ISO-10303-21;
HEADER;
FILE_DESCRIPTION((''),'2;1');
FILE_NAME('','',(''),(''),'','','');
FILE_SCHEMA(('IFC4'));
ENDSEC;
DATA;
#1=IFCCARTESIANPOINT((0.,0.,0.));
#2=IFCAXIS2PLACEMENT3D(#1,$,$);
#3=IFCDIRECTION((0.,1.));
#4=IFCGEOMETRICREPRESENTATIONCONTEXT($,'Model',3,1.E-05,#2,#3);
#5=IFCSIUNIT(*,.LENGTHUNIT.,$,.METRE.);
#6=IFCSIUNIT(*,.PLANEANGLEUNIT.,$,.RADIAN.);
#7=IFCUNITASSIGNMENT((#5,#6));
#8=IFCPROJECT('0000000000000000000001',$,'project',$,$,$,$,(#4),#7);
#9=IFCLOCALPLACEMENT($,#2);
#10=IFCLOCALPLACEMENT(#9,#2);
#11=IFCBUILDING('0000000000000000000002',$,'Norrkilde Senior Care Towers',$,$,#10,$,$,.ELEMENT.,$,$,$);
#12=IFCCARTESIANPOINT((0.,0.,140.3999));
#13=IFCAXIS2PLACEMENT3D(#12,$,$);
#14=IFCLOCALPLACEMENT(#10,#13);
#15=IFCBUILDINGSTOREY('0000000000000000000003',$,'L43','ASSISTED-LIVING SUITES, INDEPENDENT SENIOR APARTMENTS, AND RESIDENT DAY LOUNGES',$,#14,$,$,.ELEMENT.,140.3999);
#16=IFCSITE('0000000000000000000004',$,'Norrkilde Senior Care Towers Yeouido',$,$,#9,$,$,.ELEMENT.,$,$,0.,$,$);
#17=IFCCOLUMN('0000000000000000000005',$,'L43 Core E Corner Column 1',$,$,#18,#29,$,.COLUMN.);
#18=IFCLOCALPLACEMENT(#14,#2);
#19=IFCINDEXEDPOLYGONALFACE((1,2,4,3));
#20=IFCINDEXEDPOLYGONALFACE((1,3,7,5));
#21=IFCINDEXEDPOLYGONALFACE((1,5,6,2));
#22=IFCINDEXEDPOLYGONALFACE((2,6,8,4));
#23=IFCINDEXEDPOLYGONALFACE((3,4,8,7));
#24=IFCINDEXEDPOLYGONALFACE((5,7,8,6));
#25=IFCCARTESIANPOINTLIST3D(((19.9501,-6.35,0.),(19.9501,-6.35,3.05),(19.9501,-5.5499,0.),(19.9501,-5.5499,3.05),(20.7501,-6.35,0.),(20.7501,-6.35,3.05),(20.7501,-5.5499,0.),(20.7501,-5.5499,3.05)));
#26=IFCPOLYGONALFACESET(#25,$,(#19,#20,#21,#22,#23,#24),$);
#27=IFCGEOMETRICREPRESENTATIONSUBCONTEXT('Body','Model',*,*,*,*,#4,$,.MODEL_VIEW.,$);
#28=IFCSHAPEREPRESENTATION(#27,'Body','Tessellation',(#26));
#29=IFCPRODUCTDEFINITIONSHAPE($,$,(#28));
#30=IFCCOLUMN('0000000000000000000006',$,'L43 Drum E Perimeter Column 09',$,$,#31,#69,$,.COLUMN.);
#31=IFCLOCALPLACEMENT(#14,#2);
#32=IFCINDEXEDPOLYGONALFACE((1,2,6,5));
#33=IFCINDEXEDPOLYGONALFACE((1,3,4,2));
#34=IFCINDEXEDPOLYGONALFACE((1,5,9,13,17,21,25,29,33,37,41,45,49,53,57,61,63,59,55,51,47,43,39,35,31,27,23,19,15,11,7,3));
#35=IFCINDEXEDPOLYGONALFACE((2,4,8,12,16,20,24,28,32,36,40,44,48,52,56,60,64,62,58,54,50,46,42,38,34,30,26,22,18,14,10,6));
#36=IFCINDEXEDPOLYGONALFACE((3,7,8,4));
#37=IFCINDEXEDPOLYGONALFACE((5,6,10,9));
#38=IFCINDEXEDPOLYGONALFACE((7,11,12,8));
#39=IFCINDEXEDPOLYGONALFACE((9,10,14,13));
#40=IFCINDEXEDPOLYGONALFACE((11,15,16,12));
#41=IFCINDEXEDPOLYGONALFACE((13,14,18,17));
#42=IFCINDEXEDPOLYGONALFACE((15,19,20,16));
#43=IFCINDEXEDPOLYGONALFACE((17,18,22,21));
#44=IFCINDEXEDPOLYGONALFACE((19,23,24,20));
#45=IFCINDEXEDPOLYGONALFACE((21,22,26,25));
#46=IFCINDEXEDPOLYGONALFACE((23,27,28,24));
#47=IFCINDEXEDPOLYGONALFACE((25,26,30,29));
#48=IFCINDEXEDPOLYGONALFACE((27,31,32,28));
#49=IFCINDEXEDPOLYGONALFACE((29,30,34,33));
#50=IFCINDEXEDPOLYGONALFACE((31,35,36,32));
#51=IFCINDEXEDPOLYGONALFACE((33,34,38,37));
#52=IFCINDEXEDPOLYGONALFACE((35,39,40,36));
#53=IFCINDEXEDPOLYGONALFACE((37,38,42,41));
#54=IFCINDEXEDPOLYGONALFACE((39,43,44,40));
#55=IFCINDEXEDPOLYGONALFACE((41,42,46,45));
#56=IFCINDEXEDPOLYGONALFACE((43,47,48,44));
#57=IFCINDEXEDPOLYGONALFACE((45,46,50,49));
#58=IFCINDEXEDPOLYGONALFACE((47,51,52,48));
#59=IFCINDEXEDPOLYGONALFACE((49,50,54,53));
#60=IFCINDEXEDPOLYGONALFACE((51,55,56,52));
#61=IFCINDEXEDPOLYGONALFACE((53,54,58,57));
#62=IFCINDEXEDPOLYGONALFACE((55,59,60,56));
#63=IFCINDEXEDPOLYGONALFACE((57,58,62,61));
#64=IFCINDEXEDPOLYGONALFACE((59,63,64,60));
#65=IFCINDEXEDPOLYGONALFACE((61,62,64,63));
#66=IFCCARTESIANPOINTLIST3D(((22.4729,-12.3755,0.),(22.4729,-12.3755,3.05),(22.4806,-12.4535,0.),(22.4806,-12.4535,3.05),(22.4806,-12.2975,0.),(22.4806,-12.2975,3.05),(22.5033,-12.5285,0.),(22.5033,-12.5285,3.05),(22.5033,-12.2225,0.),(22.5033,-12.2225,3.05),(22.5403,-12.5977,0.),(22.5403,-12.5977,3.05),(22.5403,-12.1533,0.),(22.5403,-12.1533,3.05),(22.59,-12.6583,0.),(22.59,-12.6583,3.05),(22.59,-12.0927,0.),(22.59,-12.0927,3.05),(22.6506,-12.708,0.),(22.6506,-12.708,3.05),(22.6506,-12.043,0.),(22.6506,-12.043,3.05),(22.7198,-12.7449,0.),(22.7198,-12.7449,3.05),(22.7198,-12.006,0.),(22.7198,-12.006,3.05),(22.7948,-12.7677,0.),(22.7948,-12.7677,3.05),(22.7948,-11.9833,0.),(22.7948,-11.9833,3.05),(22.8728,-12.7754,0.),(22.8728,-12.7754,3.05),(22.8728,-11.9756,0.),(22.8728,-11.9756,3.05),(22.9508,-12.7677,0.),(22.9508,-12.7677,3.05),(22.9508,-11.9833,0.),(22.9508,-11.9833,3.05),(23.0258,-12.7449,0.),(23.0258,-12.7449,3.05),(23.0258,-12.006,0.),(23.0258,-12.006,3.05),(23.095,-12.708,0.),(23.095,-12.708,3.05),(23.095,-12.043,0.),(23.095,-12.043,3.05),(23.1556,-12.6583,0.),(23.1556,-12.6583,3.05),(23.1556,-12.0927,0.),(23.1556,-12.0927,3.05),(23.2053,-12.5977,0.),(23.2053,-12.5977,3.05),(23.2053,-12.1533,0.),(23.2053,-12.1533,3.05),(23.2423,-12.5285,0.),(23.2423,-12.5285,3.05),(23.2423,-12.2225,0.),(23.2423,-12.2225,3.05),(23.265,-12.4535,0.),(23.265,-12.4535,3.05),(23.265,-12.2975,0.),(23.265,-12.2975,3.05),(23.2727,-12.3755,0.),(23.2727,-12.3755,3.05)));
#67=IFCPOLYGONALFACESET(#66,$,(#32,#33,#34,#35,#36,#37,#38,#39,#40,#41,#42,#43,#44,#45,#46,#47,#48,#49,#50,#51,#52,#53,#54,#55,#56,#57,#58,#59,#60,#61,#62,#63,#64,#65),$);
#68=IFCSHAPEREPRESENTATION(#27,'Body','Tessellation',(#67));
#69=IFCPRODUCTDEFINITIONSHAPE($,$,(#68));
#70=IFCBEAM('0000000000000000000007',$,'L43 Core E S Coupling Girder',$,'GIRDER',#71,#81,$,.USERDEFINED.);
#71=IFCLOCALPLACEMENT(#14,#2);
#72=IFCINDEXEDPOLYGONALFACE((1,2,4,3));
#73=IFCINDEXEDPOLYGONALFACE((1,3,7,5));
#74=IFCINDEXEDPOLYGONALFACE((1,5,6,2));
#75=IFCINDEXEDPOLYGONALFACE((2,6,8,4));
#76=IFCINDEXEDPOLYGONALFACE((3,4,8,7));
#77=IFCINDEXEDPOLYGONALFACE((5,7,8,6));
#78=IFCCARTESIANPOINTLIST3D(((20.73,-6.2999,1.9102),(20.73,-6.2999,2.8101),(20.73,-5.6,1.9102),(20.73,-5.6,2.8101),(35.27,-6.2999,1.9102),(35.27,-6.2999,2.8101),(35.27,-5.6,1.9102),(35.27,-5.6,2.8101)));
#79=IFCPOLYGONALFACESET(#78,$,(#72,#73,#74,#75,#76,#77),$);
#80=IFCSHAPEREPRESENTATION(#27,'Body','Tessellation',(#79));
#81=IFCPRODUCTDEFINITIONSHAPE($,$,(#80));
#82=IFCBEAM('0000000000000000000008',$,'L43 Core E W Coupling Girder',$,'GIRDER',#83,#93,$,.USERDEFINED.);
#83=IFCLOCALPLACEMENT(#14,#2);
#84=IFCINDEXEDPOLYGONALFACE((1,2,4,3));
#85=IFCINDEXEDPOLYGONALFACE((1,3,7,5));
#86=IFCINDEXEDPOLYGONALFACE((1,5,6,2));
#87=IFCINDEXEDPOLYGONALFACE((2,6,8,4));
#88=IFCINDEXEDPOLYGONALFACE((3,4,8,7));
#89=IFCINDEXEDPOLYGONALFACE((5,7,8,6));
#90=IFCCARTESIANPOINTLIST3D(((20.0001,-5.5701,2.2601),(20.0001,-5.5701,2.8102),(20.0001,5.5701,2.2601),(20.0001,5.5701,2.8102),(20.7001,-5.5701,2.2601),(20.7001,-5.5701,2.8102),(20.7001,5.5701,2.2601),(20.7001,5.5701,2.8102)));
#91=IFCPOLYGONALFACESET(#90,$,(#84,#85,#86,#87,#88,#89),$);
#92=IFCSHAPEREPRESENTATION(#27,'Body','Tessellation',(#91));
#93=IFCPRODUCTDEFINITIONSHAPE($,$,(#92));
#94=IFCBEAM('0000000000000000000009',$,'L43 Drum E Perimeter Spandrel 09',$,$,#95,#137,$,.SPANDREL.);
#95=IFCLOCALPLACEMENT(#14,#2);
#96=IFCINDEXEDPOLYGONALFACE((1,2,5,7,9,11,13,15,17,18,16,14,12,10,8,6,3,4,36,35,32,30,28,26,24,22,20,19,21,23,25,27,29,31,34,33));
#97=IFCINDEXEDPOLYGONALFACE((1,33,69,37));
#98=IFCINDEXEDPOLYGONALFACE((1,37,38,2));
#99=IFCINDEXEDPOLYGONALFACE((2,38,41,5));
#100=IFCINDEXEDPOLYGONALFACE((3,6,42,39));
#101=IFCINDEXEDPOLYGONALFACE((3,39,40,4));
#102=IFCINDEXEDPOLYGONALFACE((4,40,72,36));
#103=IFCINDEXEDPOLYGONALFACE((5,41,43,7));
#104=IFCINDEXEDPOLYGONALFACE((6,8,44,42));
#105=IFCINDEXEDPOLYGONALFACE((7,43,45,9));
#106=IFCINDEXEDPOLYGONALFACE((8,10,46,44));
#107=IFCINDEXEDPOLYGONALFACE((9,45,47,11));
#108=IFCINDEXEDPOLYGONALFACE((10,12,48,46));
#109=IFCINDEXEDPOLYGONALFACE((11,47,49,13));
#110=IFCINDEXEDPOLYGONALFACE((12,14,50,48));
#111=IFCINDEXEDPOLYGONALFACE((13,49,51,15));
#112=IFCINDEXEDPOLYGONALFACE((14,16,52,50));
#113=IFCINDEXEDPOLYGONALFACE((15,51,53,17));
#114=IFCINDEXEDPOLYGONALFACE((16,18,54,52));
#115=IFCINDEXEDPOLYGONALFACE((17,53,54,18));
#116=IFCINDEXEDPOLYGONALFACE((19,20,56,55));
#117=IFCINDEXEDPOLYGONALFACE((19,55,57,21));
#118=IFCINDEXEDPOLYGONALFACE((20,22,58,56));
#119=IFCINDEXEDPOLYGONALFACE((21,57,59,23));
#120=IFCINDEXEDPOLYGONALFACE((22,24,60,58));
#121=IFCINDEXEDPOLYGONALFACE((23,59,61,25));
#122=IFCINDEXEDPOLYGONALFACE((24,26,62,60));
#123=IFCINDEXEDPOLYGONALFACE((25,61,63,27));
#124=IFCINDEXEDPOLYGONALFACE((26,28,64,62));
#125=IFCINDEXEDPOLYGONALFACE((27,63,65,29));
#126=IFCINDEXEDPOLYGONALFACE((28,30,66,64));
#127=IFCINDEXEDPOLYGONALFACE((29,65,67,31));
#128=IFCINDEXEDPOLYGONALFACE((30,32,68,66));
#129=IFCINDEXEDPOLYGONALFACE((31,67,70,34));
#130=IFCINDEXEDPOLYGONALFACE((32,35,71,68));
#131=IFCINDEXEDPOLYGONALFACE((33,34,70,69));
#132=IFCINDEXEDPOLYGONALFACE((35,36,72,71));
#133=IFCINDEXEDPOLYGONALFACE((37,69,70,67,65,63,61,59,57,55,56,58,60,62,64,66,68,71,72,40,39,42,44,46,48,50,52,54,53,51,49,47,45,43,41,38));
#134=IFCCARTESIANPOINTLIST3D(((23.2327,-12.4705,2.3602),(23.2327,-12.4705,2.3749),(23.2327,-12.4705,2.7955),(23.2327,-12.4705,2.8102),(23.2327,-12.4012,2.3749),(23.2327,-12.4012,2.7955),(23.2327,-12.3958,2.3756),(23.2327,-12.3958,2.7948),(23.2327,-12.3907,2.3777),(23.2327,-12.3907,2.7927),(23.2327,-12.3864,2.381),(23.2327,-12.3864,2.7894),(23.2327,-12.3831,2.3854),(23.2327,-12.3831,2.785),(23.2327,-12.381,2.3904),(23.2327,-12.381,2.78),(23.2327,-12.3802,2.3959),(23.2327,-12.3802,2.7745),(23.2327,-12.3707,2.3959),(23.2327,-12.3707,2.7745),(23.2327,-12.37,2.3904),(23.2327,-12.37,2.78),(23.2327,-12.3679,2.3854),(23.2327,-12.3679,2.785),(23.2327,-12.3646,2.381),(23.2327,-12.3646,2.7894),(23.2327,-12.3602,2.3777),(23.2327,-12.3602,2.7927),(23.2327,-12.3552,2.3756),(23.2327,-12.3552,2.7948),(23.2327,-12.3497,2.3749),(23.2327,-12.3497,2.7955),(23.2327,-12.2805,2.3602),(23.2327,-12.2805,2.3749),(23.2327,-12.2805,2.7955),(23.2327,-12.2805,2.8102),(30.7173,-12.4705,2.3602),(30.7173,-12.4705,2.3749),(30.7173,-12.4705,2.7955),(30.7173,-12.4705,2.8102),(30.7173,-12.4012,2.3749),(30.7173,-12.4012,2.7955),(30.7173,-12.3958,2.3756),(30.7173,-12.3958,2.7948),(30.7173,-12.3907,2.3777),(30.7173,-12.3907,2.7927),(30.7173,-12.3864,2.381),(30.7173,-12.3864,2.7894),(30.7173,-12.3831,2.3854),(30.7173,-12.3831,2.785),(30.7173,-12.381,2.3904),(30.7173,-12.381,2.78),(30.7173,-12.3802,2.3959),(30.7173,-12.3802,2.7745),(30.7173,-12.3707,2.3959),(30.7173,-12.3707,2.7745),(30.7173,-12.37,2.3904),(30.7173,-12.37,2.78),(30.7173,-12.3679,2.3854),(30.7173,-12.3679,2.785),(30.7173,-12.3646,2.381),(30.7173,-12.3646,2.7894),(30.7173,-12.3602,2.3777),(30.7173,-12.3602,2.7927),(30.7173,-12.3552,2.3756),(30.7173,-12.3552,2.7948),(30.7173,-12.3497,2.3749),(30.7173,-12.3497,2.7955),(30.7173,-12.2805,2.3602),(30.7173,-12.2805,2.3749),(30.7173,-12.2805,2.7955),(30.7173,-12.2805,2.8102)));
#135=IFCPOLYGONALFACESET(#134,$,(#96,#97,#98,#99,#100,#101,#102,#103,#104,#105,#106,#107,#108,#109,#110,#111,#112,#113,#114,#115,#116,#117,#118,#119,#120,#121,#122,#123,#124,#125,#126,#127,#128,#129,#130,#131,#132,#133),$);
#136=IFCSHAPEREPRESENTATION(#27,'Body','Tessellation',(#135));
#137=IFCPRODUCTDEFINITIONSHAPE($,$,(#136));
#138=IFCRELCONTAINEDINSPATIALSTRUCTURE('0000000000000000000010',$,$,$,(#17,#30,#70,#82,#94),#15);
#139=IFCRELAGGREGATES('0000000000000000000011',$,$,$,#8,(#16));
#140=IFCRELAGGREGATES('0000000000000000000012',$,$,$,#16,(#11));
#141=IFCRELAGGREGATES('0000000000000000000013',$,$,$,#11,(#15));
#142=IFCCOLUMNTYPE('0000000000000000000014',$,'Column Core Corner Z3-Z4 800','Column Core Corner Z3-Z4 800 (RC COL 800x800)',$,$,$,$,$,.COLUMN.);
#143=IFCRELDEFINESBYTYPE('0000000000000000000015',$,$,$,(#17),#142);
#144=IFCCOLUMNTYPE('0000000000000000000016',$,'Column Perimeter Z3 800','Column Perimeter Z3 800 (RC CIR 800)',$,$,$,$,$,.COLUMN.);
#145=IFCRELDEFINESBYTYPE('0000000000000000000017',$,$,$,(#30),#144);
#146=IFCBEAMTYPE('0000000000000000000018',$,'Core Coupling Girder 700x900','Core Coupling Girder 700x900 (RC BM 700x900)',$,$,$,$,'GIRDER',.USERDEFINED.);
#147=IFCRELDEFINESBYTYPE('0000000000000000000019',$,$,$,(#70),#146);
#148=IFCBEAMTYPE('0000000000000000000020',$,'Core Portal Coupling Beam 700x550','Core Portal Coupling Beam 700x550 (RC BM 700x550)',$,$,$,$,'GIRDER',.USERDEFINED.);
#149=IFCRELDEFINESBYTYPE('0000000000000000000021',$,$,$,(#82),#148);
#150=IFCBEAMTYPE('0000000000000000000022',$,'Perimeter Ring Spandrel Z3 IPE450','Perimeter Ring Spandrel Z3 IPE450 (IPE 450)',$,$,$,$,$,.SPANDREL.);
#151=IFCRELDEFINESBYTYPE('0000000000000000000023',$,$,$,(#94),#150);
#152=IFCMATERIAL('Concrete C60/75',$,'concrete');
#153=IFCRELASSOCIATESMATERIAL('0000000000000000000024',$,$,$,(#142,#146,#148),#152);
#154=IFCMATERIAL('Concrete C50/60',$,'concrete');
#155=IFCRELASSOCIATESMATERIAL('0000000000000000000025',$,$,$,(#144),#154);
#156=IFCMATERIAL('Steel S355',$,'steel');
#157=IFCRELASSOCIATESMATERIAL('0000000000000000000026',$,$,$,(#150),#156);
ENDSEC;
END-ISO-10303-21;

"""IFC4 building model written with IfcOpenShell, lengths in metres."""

from ifc_helpers import new_model, si_unit, direction, frame, origin, origin_2d, place, context, subcontext, project, spatial, rectangle, circle, i_section, extrude, source, transform, mapped, material, material_profile, profile_set, type_object, type_shapes, element, save


model = new_model("IFC4")

# Units and contexts
model_context = context("Model", 3, precision=1e-05, world=origin(), true_north=direction((0.0, 1.0)))
body_context = subcontext(model_context, "Body", "Model", "MODEL_VIEW")
ifc_project = project(units=[si_unit("LENGTHUNIT", "METRE"), si_unit("PLANEANGLEUNIT", "RADIAN")], contexts=[model_context])

# Site, building, storey
site_placement = place(None, origin())
site = spatial("IfcSite", under=ifc_project, at=site_placement, Name="Norrkilde Senior Care Towers Yeouido", CompositionType="ELEMENT", RefElevation=0.0)
building_placement = place(site_placement, origin())
building = spatial("IfcBuilding", under=site, at=building_placement, Name="Norrkilde Senior Care Towers", CompositionType="ELEMENT")
storey_placement = place(building_placement, frame((0.0, 0.0, 140.3999)))
storey = spatial("IfcBuildingStorey", under=building, at=storey_placement, Name="L43", Description="ASSISTED-LIVING SUITES, INDEPENDENT SENIOR APARTMENTS, AND RESIDENT DAY LOUNGES", CompositionType="ELEMENT", Elevation=140.3999)

# Columns
ifc_material_1 = material(Name="Concrete C60/75", Category="concrete")
ifc_material_profile_1 = material_profile(ifc_material_1, rectangle(XDim=0.8, YDim=0.8, at=origin_2d()), Name="RC COL 800x800")
ifc_profile_set_1 = profile_set([ifc_material_profile_1], Name="Concrete C60/75")
column_type_1 = type_object("IfcColumnType", Name="Column Core Corner Z3-Z4 800", Description="Column Core Corner Z3-Z4 800 (RC COL 800x800)", PredefinedType="COLUMN", material=ifc_profile_set_1)
shared_shape_1 = source(origin(), body_context, "Body", "SweptSolid", [
    extrude(rectangle(XDim=0.8, YDim=0.8, at=origin_2d()), origin(), (0.0, 0.0, 1.0), 3.05),
])
type_shapes(column_type_1, [shared_shape_1])
column_1_placement = place(storey_placement, frame((20.3501, -5.95, 0.0), z_axis=(0.0, 0.0, 1.0), x_axis=(1.0, 0.0, 0.0)))
element("IfcColumn", 1, at=column_1_placement, inside=storey, type_object=column_type_1, Name="L43 Core E Corner Column 1", PredefinedType="COLUMN", context=body_context, shape_type="MappedRepresentation", body=[
    mapped(shared_shape_1, transform((0.0, 0.0, 0.0), x_axis=(1.0, 0.0, 0.0), y_axis=(0.0, 1.0, 0.0), z_axis=(0.0, 0.0, 1.0), scale=1.0)),
])
ifc_material_2 = material(Name="Concrete C50/60", Category="concrete")
ifc_material_profile_2 = material_profile(ifc_material_2, circle(Radius=0.3999, at=origin_2d()), Name="RC CIR 800")
ifc_profile_set_2 = profile_set([ifc_material_profile_2], Name="Concrete C50/60")
column_type_2 = type_object("IfcColumnType", Name="Column Perimeter Z3 800", Description="Column Perimeter Z3 800 (RC CIR 800)", PredefinedType="COLUMN", material=ifc_profile_set_2)
shared_shape_2 = source(origin(), body_context, "Body", "SweptSolid", [
    extrude(circle(Radius=0.3999, at=origin_2d()), origin(), (0.0, 0.0, 1.0), 3.05),
])
type_shapes(column_type_2, [shared_shape_2])
column_2_placement = place(storey_placement, frame((22.8728, -12.3755, 0.0), z_axis=(0.0, 0.0, 1.0), x_axis=(1.0, 0.0, 0.0)))
element("IfcColumn", 2, at=column_2_placement, inside=storey, type_object=column_type_2, Name="L43 Drum E Perimeter Column 09", PredefinedType="COLUMN", context=body_context, shape_type="MappedRepresentation", body=[
    mapped(shared_shape_2, transform((0.0, 0.0, 0.0), x_axis=(1.0, 0.0, 0.0), y_axis=(0.0, 1.0, 0.0), z_axis=(0.0, 0.0, 1.0), scale=1.0)),
])

# Beams
ifc_material_profile_3 = material_profile(ifc_material_1, rectangle(XDim=0.7, YDim=0.8999, at=origin_2d()), Name="RC BM 700x900")
ifc_profile_set_3 = profile_set([ifc_material_profile_3], Name="Concrete C60/75")
beam_type_1 = type_object("IfcBeamType", Name="Core Coupling Girder 700x900", Description="Core Coupling Girder 700x900 (RC BM 700x900)", ElementType="GIRDER", PredefinedType="USERDEFINED", material=ifc_profile_set_3)
shared_shape_3 = source(origin(), body_context, "Body", "SweptSolid", [
    extrude(rectangle(XDim=0.7, YDim=0.8999, at=origin_2d()), origin(), (0.0, 0.0, 1.0), 14.54),
])
type_shapes(beam_type_1, [shared_shape_3])
beam_1_placement = place(storey_placement, frame((20.73, -5.95, 2.3601), z_axis=(1.0, 0.0, 0.0), x_axis=(0.0, 1.0, 0.0)))
element("IfcBeam", 3, at=beam_1_placement, inside=storey, type_object=beam_type_1, Name="L43 Core E S Coupling Girder", ObjectType="GIRDER", PredefinedType="USERDEFINED", context=body_context, shape_type="MappedRepresentation", body=[
    mapped(shared_shape_3, transform((0.0, 0.0, 0.0), x_axis=(1.0, 0.0, 0.0), y_axis=(0.0, 1.0, 0.0), z_axis=(0.0, 0.0, 1.0), scale=1.0)),
])
ifc_material_profile_4 = material_profile(ifc_material_1, rectangle(XDim=0.7, YDim=0.55, at=origin_2d()), Name="RC BM 700x550")
ifc_profile_set_4 = profile_set([ifc_material_profile_4], Name="Concrete C60/75")
beam_type_2 = type_object("IfcBeamType", Name="Core Portal Coupling Beam 700x550", Description="Core Portal Coupling Beam 700x550 (RC BM 700x550)", ElementType="GIRDER", PredefinedType="USERDEFINED", material=ifc_profile_set_4)
shared_shape_4 = source(origin(), body_context, "Body", "SweptSolid", [
    extrude(rectangle(XDim=0.7, YDim=0.55, at=origin_2d()), origin(), (0.0, 0.0, 1.0), 11.1401),
])
type_shapes(beam_type_2, [shared_shape_4])
beam_2_placement = place(storey_placement, frame((20.3501, -5.5701, 2.5352), z_axis=(0.0, 1.0, 0.0), x_axis=(-1.0, 0.0, 0.0)))
element("IfcBeam", 4, at=beam_2_placement, inside=storey, type_object=beam_type_2, Name="L43 Core E W Coupling Girder", ObjectType="GIRDER", PredefinedType="USERDEFINED", context=body_context, shape_type="MappedRepresentation", body=[
    mapped(shared_shape_4, transform((0.0, 0.0, 0.0), x_axis=(1.0, 0.0, 0.0), y_axis=(0.0, 1.0, 0.0), z_axis=(0.0, 0.0, 1.0), scale=1.0)),
])
ifc_material_3 = material(Name="Steel S355", Category="steel")
ifc_material_profile_5 = material_profile(ifc_material_3, i_section(OverallWidth=0.1899, OverallDepth=0.45, WebThickness=0.0095, FlangeThickness=0.0146, FilletRadius=0.021, at=origin_2d()), Name="IPE 450")
ifc_profile_set_5 = profile_set([ifc_material_profile_5], Name="Steel S355")
beam_type_3 = type_object("IfcBeamType", Name="Perimeter Ring Spandrel Z3 IPE450", Description="Perimeter Ring Spandrel Z3 IPE450 (IPE 450)", PredefinedType="SPANDREL", material=ifc_profile_set_5)
shared_shape_5 = source(origin(), body_context, "Body", "SweptSolid", [
    extrude(i_section(OverallWidth=0.1899, OverallDepth=0.45, WebThickness=0.0095, FlangeThickness=0.0146, FilletRadius=0.021, at=origin_2d()), origin(), (0.0, 0.0, 1.0), 7.4846),
])
type_shapes(beam_type_3, [shared_shape_5])
beam_3_placement = place(storey_placement, frame((23.2327, -12.3755, 2.5852), z_axis=(1.0, 0.0, 0.0), x_axis=(0.0, 1.0, 0.0)))
element("IfcBeam", 5, at=beam_3_placement, inside=storey, type_object=beam_type_3, Name="L43 Drum E Perimeter Spandrel 09", PredefinedType="SPANDREL", context=body_context, shape_type="MappedRepresentation", body=[
    mapped(shared_shape_5, transform((0.0, 0.0, 0.0), x_axis=(1.0, 0.0, 0.0), y_axis=(0.0, 1.0, 0.0), z_axis=(0.0, 0.0, 1.0), scale=1.0)),
])

save(model, "model.ifc")
